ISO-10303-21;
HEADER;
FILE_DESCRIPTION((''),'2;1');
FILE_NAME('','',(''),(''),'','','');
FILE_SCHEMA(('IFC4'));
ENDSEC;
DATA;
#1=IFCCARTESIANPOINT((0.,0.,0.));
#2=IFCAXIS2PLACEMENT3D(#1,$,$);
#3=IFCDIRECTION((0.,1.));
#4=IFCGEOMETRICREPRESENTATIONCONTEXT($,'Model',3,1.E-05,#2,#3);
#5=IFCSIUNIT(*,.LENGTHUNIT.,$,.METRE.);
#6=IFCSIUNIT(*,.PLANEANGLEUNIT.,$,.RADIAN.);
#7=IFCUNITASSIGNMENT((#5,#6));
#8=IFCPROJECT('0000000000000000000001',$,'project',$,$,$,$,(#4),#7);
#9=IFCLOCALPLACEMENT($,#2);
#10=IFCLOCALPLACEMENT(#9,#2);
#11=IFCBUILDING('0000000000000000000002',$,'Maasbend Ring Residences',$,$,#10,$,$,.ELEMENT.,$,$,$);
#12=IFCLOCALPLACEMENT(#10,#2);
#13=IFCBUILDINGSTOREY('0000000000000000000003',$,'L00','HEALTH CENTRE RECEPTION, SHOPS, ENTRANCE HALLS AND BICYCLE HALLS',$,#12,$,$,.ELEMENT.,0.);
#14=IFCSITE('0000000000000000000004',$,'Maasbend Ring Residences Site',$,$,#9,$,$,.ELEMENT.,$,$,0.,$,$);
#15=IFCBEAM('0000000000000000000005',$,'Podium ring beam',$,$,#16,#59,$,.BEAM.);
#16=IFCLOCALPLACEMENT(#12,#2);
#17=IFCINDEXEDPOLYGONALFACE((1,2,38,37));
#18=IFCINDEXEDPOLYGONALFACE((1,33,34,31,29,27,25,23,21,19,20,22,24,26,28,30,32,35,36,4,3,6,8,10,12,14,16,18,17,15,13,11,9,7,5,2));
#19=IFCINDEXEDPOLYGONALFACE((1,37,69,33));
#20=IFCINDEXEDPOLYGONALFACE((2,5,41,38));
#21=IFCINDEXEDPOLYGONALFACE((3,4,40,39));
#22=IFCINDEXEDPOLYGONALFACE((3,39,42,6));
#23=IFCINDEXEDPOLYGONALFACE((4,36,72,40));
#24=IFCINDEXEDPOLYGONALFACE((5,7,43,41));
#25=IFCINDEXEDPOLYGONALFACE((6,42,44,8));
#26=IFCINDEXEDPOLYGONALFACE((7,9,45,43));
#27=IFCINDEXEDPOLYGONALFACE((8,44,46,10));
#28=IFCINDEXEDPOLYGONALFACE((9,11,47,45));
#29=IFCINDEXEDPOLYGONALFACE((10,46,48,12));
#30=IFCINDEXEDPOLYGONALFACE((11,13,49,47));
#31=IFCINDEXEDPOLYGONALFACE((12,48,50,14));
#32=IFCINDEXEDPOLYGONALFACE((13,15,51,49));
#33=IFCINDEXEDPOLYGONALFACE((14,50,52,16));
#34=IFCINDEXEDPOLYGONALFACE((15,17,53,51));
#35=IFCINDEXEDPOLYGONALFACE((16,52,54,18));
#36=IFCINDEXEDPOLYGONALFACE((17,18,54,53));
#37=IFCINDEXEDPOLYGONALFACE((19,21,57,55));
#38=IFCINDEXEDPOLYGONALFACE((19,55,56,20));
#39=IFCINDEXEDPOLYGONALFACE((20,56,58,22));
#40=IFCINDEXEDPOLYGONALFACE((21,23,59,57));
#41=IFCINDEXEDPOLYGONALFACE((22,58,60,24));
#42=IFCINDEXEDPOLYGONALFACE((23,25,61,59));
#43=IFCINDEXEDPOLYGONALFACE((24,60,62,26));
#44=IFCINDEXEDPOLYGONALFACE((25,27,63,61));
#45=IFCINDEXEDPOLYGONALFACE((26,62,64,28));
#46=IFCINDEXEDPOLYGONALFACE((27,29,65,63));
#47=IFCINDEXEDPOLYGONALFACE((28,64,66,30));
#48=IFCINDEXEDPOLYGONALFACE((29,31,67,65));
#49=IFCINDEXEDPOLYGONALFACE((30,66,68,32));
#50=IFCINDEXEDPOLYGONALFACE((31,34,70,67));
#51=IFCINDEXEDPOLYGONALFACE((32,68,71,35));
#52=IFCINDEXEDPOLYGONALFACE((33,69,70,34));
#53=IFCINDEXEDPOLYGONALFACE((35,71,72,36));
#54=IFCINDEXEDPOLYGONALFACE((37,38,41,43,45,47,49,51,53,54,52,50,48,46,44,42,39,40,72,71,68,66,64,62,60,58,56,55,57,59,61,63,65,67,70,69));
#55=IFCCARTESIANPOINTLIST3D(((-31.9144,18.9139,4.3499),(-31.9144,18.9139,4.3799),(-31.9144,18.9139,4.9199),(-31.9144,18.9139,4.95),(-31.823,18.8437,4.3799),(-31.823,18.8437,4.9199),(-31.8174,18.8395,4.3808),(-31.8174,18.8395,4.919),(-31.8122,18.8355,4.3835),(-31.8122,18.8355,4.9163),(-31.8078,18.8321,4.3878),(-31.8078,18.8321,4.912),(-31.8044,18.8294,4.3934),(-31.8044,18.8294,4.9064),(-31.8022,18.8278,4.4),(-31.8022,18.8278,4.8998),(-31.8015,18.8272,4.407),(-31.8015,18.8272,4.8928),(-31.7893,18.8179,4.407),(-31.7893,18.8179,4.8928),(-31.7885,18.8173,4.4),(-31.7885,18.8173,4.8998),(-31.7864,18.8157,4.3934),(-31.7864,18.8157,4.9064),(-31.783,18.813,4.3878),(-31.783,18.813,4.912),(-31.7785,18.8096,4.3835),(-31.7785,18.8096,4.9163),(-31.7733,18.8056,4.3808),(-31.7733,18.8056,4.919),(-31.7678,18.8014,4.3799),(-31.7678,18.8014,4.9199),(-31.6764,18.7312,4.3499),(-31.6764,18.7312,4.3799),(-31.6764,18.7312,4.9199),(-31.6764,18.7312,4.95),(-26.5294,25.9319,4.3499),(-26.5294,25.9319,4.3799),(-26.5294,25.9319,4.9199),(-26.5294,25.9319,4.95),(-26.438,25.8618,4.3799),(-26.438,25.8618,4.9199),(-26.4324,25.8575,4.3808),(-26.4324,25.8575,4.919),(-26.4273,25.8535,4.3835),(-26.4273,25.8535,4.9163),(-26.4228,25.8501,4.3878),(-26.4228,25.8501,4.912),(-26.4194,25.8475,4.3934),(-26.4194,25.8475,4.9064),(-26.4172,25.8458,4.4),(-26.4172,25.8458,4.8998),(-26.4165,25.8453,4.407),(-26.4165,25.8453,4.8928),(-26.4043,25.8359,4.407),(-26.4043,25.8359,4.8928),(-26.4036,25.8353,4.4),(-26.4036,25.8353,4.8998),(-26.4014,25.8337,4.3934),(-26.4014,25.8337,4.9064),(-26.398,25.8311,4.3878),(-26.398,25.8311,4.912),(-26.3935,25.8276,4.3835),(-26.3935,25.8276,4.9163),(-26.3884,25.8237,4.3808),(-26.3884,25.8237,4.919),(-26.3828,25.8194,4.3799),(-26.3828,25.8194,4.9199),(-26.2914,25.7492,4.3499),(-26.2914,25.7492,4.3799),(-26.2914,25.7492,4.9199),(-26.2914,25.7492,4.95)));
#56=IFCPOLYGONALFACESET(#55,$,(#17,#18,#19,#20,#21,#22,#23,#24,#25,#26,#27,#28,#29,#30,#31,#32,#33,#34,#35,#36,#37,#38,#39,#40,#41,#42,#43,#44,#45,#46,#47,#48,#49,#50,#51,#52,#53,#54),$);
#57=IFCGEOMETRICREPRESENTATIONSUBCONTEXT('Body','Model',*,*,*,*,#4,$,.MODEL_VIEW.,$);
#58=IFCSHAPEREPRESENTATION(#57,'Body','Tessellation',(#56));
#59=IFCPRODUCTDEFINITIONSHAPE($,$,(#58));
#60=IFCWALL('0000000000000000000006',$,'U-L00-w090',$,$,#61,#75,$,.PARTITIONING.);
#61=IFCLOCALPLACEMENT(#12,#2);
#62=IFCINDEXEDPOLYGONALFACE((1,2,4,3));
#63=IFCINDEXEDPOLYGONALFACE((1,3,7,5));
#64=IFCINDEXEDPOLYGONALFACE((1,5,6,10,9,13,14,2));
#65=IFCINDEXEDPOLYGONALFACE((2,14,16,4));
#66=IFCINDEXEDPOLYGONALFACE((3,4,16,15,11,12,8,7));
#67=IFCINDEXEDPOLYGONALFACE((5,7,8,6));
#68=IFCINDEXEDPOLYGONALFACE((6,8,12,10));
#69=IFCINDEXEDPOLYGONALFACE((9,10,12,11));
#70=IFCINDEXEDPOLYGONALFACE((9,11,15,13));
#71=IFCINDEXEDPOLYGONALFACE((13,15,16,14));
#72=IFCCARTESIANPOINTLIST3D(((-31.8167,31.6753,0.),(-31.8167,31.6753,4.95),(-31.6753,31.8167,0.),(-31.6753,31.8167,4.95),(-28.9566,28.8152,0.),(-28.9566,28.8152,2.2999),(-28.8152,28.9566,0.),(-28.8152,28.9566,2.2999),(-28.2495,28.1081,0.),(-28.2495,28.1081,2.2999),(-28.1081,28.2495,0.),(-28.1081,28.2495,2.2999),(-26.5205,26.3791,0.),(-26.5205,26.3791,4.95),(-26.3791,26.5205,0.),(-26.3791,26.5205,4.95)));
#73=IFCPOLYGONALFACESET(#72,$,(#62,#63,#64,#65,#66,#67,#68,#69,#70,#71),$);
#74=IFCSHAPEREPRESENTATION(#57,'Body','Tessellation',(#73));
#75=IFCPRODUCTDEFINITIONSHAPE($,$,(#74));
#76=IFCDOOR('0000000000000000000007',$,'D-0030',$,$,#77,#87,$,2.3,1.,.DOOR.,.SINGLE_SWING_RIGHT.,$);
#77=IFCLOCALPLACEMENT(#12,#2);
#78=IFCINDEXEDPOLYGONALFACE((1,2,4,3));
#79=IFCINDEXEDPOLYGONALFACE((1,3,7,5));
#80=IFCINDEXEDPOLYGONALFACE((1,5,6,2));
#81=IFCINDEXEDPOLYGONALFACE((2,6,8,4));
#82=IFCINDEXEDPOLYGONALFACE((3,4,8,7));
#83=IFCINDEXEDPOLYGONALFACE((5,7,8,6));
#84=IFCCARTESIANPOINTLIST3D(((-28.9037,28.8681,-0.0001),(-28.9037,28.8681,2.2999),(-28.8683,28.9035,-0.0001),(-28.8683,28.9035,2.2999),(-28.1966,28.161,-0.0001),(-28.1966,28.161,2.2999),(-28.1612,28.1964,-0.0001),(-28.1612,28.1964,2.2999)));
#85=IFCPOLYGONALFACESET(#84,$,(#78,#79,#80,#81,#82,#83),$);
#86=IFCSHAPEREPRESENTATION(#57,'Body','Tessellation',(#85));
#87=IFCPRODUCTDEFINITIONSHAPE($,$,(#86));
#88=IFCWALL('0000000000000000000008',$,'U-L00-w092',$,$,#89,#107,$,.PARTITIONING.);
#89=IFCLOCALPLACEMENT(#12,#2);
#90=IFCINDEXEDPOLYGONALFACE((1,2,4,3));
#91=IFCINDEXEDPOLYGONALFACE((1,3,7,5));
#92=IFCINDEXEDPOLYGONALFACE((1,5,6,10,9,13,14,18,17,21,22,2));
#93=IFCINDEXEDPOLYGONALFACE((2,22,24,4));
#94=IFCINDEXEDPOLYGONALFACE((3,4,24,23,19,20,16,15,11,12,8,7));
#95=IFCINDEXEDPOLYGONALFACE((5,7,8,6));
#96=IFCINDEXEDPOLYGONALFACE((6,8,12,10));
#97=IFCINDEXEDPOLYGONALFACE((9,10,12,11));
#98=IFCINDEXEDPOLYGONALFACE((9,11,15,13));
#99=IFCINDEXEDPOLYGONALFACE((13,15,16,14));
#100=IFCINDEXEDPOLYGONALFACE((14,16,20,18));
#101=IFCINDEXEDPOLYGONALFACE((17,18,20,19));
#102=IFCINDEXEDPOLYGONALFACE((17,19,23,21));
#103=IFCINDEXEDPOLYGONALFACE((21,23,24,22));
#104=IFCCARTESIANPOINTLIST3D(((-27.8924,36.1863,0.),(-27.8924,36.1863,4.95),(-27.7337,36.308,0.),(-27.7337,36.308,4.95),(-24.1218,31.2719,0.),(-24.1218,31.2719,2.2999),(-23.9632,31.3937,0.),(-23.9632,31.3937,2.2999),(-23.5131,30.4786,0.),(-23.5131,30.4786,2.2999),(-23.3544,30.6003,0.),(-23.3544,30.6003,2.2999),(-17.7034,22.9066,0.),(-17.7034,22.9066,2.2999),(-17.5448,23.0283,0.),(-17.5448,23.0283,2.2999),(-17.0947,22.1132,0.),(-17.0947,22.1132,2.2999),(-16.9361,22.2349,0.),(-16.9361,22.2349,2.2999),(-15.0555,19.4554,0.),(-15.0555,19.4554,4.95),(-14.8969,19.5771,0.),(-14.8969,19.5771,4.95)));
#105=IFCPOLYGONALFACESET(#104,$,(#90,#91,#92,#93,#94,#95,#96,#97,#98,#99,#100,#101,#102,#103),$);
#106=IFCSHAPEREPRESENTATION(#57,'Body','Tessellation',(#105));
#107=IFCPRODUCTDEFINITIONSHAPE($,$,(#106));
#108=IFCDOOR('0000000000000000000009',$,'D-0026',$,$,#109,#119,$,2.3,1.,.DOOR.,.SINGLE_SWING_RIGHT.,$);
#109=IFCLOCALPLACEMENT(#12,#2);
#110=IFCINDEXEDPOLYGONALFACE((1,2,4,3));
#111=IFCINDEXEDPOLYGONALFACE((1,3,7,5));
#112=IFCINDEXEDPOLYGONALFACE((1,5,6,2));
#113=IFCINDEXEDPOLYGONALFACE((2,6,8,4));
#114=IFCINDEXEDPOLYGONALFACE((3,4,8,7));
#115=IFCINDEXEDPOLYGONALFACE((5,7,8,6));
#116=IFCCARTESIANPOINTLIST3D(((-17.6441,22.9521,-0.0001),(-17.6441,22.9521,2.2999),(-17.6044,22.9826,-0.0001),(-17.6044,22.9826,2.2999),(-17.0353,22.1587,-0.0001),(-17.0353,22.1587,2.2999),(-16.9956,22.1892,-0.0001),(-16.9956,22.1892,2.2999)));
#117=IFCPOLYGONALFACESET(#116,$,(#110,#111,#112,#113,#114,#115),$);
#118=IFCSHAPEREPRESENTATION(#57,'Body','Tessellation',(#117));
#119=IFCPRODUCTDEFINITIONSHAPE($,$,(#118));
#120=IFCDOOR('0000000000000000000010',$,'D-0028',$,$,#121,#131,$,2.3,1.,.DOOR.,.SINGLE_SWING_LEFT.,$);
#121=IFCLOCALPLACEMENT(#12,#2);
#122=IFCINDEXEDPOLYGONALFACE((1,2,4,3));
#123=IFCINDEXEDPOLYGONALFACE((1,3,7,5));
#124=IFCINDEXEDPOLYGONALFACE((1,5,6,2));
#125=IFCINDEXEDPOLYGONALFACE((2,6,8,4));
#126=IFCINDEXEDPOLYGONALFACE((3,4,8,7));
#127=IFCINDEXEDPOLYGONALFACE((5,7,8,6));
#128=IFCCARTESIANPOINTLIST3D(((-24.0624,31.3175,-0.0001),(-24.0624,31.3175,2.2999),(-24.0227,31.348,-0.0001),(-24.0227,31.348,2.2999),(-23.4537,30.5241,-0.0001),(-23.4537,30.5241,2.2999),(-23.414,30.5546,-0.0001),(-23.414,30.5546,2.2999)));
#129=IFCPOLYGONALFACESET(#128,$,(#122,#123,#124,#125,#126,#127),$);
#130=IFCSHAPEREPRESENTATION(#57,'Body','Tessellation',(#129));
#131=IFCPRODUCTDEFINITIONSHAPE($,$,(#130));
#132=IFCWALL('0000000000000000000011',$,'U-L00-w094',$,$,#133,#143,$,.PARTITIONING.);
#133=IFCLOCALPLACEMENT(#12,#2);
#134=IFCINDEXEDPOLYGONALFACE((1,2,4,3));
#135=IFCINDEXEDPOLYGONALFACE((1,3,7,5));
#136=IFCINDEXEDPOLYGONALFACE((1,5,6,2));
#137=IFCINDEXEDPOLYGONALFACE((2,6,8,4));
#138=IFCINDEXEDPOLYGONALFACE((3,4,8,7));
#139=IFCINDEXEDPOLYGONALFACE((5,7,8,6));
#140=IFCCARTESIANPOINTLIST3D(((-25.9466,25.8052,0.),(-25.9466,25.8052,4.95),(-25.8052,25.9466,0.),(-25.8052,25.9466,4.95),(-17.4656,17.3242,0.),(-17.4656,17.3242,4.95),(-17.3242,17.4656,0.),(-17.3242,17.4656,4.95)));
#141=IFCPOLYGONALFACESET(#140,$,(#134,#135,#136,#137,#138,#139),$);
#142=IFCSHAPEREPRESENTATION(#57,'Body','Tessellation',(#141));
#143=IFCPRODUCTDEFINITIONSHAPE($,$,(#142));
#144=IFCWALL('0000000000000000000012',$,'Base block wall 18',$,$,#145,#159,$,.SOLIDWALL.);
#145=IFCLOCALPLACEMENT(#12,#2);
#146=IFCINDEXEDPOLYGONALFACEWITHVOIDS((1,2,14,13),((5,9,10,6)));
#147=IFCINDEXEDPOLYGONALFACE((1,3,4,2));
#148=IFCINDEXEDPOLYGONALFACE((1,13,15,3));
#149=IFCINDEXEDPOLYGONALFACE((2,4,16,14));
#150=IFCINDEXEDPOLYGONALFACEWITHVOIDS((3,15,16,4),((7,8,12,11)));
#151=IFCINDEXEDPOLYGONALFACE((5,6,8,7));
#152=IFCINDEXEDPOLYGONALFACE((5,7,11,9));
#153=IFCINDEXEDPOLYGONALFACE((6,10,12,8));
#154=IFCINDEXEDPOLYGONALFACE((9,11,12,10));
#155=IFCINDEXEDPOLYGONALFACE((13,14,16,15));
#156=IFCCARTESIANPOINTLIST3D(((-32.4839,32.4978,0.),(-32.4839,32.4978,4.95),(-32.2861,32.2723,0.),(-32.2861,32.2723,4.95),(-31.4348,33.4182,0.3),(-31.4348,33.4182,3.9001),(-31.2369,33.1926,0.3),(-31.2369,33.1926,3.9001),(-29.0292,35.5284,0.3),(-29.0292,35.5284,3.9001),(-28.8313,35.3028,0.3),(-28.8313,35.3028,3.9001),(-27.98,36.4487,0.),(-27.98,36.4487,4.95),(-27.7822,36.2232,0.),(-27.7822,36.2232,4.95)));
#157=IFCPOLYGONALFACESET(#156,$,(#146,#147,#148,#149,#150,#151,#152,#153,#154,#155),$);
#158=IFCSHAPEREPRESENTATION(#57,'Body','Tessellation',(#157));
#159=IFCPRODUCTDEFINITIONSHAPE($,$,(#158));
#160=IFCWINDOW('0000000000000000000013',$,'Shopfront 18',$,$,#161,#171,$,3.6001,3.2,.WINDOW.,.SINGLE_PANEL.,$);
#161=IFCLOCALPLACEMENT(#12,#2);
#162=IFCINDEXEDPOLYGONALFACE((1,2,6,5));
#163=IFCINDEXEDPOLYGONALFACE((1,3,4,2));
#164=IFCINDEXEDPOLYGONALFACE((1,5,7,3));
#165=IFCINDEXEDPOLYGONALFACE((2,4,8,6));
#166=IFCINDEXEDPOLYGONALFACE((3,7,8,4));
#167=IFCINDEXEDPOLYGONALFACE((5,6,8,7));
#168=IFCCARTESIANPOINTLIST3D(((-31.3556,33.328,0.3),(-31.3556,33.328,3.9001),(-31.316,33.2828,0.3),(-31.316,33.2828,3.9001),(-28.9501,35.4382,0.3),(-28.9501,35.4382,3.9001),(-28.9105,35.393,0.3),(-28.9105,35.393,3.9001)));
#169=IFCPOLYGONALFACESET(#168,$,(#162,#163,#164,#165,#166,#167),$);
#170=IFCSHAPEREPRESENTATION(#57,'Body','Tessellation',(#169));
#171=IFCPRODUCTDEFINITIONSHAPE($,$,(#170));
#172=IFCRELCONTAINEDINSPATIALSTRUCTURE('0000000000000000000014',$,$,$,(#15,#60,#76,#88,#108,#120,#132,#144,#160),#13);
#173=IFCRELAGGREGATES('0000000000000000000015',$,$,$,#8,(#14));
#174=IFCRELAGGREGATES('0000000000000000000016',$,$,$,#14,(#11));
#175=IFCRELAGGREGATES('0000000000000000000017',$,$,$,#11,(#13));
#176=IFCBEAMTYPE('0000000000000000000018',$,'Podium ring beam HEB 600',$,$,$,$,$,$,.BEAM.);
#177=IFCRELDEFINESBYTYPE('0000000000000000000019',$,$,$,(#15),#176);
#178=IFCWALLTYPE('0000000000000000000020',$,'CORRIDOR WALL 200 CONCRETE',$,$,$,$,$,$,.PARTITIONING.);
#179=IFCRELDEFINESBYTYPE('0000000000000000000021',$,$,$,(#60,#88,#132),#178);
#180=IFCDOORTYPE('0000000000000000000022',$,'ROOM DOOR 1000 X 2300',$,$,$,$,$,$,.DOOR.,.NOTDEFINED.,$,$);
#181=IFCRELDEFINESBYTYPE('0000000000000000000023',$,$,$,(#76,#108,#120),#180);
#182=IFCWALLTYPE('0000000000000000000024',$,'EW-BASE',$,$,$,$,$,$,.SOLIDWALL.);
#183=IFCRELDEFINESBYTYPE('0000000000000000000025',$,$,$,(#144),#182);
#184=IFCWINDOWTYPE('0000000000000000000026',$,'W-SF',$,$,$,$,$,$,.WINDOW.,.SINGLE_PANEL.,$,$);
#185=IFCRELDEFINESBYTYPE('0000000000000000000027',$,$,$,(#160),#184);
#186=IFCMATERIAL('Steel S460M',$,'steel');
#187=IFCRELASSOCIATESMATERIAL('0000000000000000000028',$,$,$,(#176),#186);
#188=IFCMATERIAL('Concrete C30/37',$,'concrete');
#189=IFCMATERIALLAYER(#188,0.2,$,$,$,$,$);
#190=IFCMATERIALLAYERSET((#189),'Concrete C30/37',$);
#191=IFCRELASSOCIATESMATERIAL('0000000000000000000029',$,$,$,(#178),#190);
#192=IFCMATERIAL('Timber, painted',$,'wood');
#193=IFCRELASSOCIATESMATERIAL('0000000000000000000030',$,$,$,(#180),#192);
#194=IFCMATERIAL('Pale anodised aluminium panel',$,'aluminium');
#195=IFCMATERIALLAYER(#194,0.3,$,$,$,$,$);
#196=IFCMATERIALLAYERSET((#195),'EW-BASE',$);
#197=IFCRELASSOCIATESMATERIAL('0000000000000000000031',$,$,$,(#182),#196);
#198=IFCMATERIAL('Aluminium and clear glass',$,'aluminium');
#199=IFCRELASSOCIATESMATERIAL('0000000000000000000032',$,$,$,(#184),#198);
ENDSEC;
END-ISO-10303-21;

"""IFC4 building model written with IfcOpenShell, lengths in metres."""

from ifc_helpers import new_model, si_unit, direction, frame, frame_2d, origin, origin_2d, place, context, subcontext, project, spatial, rectangle, i_section, extrude, material, layer, layer_set, material_profile, profile_set, type_object, element, fill, save


model = new_model("IFC4")

# Units and contexts
model_context = context("Model", 3, precision=1e-05, world=origin(), true_north=direction((0.0, 1.0)))
body_context = subcontext(model_context, "Body", "Model", "MODEL_VIEW")
ifc_project = project(units=[si_unit("LENGTHUNIT", "METRE"), si_unit("PLANEANGLEUNIT", "RADIAN")], contexts=[model_context])

# Site, building, storey
site_placement = place(None, origin())
site = spatial("IfcSite", under=ifc_project, at=site_placement, Name="Maasbend Ring Residences Site", CompositionType="ELEMENT", RefElevation=0.0)
building_placement = place(site_placement, origin())
building = spatial("IfcBuilding", under=site, at=building_placement, Name="Maasbend Ring Residences", CompositionType="ELEMENT")
storey_placement = place(building_placement, origin())
storey = spatial("IfcBuildingStorey", under=building, at=storey_placement, Name="L00", Description="HEALTH CENTRE RECEPTION, SHOPS, ENTRANCE HALLS AND BICYCLE HALLS", CompositionType="ELEMENT", Elevation=0.0)

# Beam
ifc_material_1 = material(Name="Steel S460M", Category="steel")
ifc_material_profile_1 = material_profile(ifc_material_1, i_section(OverallWidth=0.3, OverallDepth=0.6001, WebThickness=0.0154, FlangeThickness=0.03, FilletRadius=0.0271, at=origin_2d()), Name="HEB 600")
ifc_profile_set_1 = profile_set([ifc_material_profile_1], Name="Steel S460M")
beam_type_1 = type_object("IfcBeamType", Name="Podium ring beam HEB 600", PredefinedType="BEAM", material=ifc_profile_set_1)
beam_1_placement = place(storey_placement, frame((-26.4104, 25.8406, 4.6499), z_axis=(-0.608751, -0.793361, 0.0), x_axis=(0.793361, -0.608751, 0.0)))
element("IfcBeam", 1, at=beam_1_placement, inside=storey, type_object=beam_type_1, Name="Podium ring beam", PredefinedType="BEAM", context=body_context, shape_type="SweptSolid", body=[
    extrude(i_section(OverallWidth=0.3, OverallDepth=0.6001, WebThickness=0.0154, FlangeThickness=0.03, FilletRadius=0.0271, at=origin_2d()), origin(), (0.0, 0.0, 1.0), 8.8459),
])

# Wall, opening, door
ifc_material_2 = material(Name="Concrete C30/37", Category="concrete")
ifc_layer_1 = layer(ifc_material_2, 0.2)
ifc_layer_set_1 = layer_set([ifc_layer_1], Name="Concrete C30/37")
wall_type_1 = type_object("IfcWallType", Name="CORRIDOR WALL 200 CONCRETE", PredefinedType="PARTITIONING", material=ifc_layer_set_1)
wall_1_placement = place(storey_placement, frame((-31.7461, 31.7461, 0.0), z_axis=(0.0, 0.0, 1.0), x_axis=(0.707107, -0.707107, 0.0)))
wall_1 = element("IfcWall", 2, at=wall_1_placement, inside=storey, type_object=wall_type_1, Name="U-L00-w090", PredefinedType="PARTITIONING", context=body_context, shape_type="SweptSolid", body=[
    extrude(rectangle(XDim=7.49, YDim=0.2, at=frame_2d((3.7451, 0.0))), origin(), (0.0, 0.0, 1.0), 4.95),
])
opening_1_placement = place(wall_1_placement, frame((4.0449, 0.0, 0.0)))
opening_1 = element("IfcOpeningElement", 3, at=opening_1_placement, cuts=wall_1, PredefinedType="OPENING", context=body_context, shape_type="SweptSolid", body=[
    extrude(rectangle(XDim=1.0, YDim=2.3, at=frame_2d((0.5, 1.1499))), frame((0.0, 0.1099, 0.0), z_axis=(0.0, -1.0, 0.0), x_axis=(1.0, 0.0, 0.0)), (0.0, 0.0, 1.0), 0.22),
])
ifc_material_3 = material(Name="Timber, painted", Category="wood")
door_type_1 = type_object("IfcDoorType", Name="ROOM DOOR 1000 X 2300", OperationType="NOTDEFINED", PredefinedType="DOOR", material=ifc_material_3)
door_1_placement = place(opening_1_placement, origin())
door_1 = element("IfcDoor", 4, at=door_1_placement, inside=storey, type_object=door_type_1, Name="D-0030", OperationType="SINGLE_SWING_RIGHT", OverallHeight=2.3, OverallWidth=1.0, PredefinedType="DOOR", context=body_context, shape_type="SweptSolid", body=[
    extrude(rectangle(XDim=1.0, YDim=2.3, at=frame_2d((0.5, 1.1499))), frame((0.0, 0.0249, 0.0), z_axis=(0.0, -1.0, 0.0), x_axis=(1.0, 0.0, 0.0)), (0.0, 0.0, 1.0), 0.05),
])
fill(opening_1, door_1)

# Wall, openings, doors
wall_2_placement = place(storey_placement, frame((-27.813, 36.2471, 0.0), z_axis=(0.0, 0.0, 1.0), x_axis=(0.608726, -0.793381, 0.0)))
wall_2 = element("IfcWall", 5, at=wall_2_placement, inside=storey, type_object=wall_type_1, Name="U-L00-w092", PredefinedType="PARTITIONING", context=body_context, shape_type="SweptSolid", body=[
    extrude(rectangle(XDim=21.0881, YDim=0.2, at=frame_2d((10.5439, 0.0))), origin(), (0.0, 0.0, 1.0), 4.95),
])
opening_2_placement = place(wall_2_placement, frame((16.738, 0.0, 0.0)))
opening_2 = element("IfcOpeningElement", 6, at=opening_2_placement, cuts=wall_2, PredefinedType="OPENING", context=body_context, shape_type="SweptSolid", body=[
    extrude(rectangle(XDim=1.0, YDim=2.3, at=frame_2d((0.5, 1.1499))), frame((0.0, 0.1099, 0.0), z_axis=(0.0, -1.0, 0.0), x_axis=(1.0, 0.0, 0.0)), (0.0, 0.0, 1.0), 0.22),
])
opening_3_placement = place(wall_2_placement, frame((6.1941, 0.0, 0.0)))
opening_3 = element("IfcOpeningElement", 7, at=opening_3_placement, cuts=wall_2, PredefinedType="OPENING", context=body_context, shape_type="SweptSolid", body=[
    extrude(rectangle(XDim=1.0, YDim=2.3, at=frame_2d((0.5, 1.1499))), frame((0.0, 0.1099, 0.0), z_axis=(0.0, -1.0, 0.0), x_axis=(1.0, 0.0, 0.0)), (0.0, 0.0, 1.0), 0.22),
])
door_2_placement = place(opening_2_placement, origin())
door_2 = element("IfcDoor", 8, at=door_2_placement, inside=storey, type_object=door_type_1, Name="D-0026", OperationType="SINGLE_SWING_RIGHT", OverallHeight=2.3, OverallWidth=1.0, PredefinedType="DOOR", context=body_context, shape_type="SweptSolid", body=[
    extrude(rectangle(XDim=1.0, YDim=2.3, at=frame_2d((0.5, 1.1499))), frame((0.0, 0.0249, 0.0), z_axis=(0.0, -1.0, 0.0), x_axis=(1.0, 0.0, 0.0)), (0.0, 0.0, 1.0), 0.05),
])
fill(opening_2, door_2)
door_3_placement = place(opening_3_placement, origin())
door_3 = element("IfcDoor", 9, at=door_3_placement, inside=storey, type_object=door_type_1, Name="D-0028", OperationType="SINGLE_SWING_LEFT", OverallHeight=2.3, OverallWidth=1.0, PredefinedType="DOOR", context=body_context, shape_type="SweptSolid", body=[
    extrude(rectangle(XDim=1.0, YDim=2.3, at=frame_2d((0.5, 1.1499))), frame((0.0, 0.0249, 0.0), z_axis=(0.0, -1.0, 0.0), x_axis=(1.0, 0.0, 0.0)), (0.0, 0.0, 1.0), 0.05),
])
fill(opening_3, door_3)

# Wall
wall_3_placement = place(storey_placement, frame((-25.876, 25.876, 0.0), z_axis=(0.0, 0.0, 1.0), x_axis=(0.707107, -0.707107, 0.0)))
element("IfcWall", 10, at=wall_3_placement, inside=storey, type_object=wall_type_1, Name="U-L00-w094", PredefinedType="PARTITIONING", context=body_context, shape_type="SweptSolid", body=[
    extrude(rectangle(XDim=11.9939, YDim=0.2, at=frame_2d((5.9971, 0.0))), origin(), (0.0, 0.0, 1.0), 4.95),
])

# Wall, opening, window
ifc_material_4 = material(Name="Pale anodised aluminium panel", Category="aluminium")
ifc_layer_2 = layer(ifc_material_4, 0.3)
ifc_layer_set_2 = layer_set([ifc_layer_2], Name="EW-BASE")
wall_type_2 = type_object("IfcWallType", Name="EW-BASE", PredefinedType="SOLIDWALL", material=ifc_layer_set_2)
wall_4_placement = place(storey_placement, frame((-27.8811, 36.3359, 0.0), z_axis=(0.0, 0.0, 1.0), x_axis=(-0.751748, -0.65945, 0.0)))
wall_4 = element("IfcWall", 11, at=wall_4_placement, inside=storey, type_object=wall_type_2, Name="Base block wall 18", PredefinedType="SOLIDWALL", context=body_context, shape_type="SweptSolid", body=[
    extrude(rectangle(XDim=5.9912, YDim=0.3, at=frame_2d((2.9956, 0.0))), origin(), (0.0, 0.0, 1.0), 4.95),
])
opening_4_placement = place(wall_4_placement, frame((1.3955, 0.0, 0.3)))
opening_4 = element("IfcOpeningElement", 12, at=opening_4_placement, cuts=wall_4, PredefinedType="OPENING", context=body_context, shape_type="SweptSolid", body=[
    extrude(rectangle(XDim=3.2, YDim=3.6001, at=frame_2d((1.6001, 1.8))), frame((0.0, 0.1602, 0.0), z_axis=(0.0, -1.0, 0.0), x_axis=(1.0, 0.0, 0.0)), (0.0, 0.0, 1.0), 0.3201),
])
ifc_material_5 = material(Name="Aluminium and clear glass", Category="aluminium")
window_type = type_object("IfcWindowType", Name="W-SF", PartitioningType="SINGLE_PANEL", PredefinedType="WINDOW", material=ifc_material_5)
window_1_placement = place(opening_4_placement, origin())
window_1 = element("IfcWindow", 13, at=window_1_placement, inside=storey, type_object=window_type, Name="Shopfront 18", OverallHeight=3.6001, OverallWidth=3.2, PartitioningType="SINGLE_PANEL", PredefinedType="WINDOW", context=body_context, shape_type="SweptSolid", body=[
    extrude(rectangle(XDim=3.2, YDim=3.6001, at=frame_2d((1.6001, 1.8))), frame((0.0, 0.03, 0.0), z_axis=(0.0, -1.0, 0.0), x_axis=(1.0, 0.0, 0.0)), (0.0, 0.0, 1.0), 0.0601),
])
fill(opening_4, window_1)

save(model, "model.ifc")
